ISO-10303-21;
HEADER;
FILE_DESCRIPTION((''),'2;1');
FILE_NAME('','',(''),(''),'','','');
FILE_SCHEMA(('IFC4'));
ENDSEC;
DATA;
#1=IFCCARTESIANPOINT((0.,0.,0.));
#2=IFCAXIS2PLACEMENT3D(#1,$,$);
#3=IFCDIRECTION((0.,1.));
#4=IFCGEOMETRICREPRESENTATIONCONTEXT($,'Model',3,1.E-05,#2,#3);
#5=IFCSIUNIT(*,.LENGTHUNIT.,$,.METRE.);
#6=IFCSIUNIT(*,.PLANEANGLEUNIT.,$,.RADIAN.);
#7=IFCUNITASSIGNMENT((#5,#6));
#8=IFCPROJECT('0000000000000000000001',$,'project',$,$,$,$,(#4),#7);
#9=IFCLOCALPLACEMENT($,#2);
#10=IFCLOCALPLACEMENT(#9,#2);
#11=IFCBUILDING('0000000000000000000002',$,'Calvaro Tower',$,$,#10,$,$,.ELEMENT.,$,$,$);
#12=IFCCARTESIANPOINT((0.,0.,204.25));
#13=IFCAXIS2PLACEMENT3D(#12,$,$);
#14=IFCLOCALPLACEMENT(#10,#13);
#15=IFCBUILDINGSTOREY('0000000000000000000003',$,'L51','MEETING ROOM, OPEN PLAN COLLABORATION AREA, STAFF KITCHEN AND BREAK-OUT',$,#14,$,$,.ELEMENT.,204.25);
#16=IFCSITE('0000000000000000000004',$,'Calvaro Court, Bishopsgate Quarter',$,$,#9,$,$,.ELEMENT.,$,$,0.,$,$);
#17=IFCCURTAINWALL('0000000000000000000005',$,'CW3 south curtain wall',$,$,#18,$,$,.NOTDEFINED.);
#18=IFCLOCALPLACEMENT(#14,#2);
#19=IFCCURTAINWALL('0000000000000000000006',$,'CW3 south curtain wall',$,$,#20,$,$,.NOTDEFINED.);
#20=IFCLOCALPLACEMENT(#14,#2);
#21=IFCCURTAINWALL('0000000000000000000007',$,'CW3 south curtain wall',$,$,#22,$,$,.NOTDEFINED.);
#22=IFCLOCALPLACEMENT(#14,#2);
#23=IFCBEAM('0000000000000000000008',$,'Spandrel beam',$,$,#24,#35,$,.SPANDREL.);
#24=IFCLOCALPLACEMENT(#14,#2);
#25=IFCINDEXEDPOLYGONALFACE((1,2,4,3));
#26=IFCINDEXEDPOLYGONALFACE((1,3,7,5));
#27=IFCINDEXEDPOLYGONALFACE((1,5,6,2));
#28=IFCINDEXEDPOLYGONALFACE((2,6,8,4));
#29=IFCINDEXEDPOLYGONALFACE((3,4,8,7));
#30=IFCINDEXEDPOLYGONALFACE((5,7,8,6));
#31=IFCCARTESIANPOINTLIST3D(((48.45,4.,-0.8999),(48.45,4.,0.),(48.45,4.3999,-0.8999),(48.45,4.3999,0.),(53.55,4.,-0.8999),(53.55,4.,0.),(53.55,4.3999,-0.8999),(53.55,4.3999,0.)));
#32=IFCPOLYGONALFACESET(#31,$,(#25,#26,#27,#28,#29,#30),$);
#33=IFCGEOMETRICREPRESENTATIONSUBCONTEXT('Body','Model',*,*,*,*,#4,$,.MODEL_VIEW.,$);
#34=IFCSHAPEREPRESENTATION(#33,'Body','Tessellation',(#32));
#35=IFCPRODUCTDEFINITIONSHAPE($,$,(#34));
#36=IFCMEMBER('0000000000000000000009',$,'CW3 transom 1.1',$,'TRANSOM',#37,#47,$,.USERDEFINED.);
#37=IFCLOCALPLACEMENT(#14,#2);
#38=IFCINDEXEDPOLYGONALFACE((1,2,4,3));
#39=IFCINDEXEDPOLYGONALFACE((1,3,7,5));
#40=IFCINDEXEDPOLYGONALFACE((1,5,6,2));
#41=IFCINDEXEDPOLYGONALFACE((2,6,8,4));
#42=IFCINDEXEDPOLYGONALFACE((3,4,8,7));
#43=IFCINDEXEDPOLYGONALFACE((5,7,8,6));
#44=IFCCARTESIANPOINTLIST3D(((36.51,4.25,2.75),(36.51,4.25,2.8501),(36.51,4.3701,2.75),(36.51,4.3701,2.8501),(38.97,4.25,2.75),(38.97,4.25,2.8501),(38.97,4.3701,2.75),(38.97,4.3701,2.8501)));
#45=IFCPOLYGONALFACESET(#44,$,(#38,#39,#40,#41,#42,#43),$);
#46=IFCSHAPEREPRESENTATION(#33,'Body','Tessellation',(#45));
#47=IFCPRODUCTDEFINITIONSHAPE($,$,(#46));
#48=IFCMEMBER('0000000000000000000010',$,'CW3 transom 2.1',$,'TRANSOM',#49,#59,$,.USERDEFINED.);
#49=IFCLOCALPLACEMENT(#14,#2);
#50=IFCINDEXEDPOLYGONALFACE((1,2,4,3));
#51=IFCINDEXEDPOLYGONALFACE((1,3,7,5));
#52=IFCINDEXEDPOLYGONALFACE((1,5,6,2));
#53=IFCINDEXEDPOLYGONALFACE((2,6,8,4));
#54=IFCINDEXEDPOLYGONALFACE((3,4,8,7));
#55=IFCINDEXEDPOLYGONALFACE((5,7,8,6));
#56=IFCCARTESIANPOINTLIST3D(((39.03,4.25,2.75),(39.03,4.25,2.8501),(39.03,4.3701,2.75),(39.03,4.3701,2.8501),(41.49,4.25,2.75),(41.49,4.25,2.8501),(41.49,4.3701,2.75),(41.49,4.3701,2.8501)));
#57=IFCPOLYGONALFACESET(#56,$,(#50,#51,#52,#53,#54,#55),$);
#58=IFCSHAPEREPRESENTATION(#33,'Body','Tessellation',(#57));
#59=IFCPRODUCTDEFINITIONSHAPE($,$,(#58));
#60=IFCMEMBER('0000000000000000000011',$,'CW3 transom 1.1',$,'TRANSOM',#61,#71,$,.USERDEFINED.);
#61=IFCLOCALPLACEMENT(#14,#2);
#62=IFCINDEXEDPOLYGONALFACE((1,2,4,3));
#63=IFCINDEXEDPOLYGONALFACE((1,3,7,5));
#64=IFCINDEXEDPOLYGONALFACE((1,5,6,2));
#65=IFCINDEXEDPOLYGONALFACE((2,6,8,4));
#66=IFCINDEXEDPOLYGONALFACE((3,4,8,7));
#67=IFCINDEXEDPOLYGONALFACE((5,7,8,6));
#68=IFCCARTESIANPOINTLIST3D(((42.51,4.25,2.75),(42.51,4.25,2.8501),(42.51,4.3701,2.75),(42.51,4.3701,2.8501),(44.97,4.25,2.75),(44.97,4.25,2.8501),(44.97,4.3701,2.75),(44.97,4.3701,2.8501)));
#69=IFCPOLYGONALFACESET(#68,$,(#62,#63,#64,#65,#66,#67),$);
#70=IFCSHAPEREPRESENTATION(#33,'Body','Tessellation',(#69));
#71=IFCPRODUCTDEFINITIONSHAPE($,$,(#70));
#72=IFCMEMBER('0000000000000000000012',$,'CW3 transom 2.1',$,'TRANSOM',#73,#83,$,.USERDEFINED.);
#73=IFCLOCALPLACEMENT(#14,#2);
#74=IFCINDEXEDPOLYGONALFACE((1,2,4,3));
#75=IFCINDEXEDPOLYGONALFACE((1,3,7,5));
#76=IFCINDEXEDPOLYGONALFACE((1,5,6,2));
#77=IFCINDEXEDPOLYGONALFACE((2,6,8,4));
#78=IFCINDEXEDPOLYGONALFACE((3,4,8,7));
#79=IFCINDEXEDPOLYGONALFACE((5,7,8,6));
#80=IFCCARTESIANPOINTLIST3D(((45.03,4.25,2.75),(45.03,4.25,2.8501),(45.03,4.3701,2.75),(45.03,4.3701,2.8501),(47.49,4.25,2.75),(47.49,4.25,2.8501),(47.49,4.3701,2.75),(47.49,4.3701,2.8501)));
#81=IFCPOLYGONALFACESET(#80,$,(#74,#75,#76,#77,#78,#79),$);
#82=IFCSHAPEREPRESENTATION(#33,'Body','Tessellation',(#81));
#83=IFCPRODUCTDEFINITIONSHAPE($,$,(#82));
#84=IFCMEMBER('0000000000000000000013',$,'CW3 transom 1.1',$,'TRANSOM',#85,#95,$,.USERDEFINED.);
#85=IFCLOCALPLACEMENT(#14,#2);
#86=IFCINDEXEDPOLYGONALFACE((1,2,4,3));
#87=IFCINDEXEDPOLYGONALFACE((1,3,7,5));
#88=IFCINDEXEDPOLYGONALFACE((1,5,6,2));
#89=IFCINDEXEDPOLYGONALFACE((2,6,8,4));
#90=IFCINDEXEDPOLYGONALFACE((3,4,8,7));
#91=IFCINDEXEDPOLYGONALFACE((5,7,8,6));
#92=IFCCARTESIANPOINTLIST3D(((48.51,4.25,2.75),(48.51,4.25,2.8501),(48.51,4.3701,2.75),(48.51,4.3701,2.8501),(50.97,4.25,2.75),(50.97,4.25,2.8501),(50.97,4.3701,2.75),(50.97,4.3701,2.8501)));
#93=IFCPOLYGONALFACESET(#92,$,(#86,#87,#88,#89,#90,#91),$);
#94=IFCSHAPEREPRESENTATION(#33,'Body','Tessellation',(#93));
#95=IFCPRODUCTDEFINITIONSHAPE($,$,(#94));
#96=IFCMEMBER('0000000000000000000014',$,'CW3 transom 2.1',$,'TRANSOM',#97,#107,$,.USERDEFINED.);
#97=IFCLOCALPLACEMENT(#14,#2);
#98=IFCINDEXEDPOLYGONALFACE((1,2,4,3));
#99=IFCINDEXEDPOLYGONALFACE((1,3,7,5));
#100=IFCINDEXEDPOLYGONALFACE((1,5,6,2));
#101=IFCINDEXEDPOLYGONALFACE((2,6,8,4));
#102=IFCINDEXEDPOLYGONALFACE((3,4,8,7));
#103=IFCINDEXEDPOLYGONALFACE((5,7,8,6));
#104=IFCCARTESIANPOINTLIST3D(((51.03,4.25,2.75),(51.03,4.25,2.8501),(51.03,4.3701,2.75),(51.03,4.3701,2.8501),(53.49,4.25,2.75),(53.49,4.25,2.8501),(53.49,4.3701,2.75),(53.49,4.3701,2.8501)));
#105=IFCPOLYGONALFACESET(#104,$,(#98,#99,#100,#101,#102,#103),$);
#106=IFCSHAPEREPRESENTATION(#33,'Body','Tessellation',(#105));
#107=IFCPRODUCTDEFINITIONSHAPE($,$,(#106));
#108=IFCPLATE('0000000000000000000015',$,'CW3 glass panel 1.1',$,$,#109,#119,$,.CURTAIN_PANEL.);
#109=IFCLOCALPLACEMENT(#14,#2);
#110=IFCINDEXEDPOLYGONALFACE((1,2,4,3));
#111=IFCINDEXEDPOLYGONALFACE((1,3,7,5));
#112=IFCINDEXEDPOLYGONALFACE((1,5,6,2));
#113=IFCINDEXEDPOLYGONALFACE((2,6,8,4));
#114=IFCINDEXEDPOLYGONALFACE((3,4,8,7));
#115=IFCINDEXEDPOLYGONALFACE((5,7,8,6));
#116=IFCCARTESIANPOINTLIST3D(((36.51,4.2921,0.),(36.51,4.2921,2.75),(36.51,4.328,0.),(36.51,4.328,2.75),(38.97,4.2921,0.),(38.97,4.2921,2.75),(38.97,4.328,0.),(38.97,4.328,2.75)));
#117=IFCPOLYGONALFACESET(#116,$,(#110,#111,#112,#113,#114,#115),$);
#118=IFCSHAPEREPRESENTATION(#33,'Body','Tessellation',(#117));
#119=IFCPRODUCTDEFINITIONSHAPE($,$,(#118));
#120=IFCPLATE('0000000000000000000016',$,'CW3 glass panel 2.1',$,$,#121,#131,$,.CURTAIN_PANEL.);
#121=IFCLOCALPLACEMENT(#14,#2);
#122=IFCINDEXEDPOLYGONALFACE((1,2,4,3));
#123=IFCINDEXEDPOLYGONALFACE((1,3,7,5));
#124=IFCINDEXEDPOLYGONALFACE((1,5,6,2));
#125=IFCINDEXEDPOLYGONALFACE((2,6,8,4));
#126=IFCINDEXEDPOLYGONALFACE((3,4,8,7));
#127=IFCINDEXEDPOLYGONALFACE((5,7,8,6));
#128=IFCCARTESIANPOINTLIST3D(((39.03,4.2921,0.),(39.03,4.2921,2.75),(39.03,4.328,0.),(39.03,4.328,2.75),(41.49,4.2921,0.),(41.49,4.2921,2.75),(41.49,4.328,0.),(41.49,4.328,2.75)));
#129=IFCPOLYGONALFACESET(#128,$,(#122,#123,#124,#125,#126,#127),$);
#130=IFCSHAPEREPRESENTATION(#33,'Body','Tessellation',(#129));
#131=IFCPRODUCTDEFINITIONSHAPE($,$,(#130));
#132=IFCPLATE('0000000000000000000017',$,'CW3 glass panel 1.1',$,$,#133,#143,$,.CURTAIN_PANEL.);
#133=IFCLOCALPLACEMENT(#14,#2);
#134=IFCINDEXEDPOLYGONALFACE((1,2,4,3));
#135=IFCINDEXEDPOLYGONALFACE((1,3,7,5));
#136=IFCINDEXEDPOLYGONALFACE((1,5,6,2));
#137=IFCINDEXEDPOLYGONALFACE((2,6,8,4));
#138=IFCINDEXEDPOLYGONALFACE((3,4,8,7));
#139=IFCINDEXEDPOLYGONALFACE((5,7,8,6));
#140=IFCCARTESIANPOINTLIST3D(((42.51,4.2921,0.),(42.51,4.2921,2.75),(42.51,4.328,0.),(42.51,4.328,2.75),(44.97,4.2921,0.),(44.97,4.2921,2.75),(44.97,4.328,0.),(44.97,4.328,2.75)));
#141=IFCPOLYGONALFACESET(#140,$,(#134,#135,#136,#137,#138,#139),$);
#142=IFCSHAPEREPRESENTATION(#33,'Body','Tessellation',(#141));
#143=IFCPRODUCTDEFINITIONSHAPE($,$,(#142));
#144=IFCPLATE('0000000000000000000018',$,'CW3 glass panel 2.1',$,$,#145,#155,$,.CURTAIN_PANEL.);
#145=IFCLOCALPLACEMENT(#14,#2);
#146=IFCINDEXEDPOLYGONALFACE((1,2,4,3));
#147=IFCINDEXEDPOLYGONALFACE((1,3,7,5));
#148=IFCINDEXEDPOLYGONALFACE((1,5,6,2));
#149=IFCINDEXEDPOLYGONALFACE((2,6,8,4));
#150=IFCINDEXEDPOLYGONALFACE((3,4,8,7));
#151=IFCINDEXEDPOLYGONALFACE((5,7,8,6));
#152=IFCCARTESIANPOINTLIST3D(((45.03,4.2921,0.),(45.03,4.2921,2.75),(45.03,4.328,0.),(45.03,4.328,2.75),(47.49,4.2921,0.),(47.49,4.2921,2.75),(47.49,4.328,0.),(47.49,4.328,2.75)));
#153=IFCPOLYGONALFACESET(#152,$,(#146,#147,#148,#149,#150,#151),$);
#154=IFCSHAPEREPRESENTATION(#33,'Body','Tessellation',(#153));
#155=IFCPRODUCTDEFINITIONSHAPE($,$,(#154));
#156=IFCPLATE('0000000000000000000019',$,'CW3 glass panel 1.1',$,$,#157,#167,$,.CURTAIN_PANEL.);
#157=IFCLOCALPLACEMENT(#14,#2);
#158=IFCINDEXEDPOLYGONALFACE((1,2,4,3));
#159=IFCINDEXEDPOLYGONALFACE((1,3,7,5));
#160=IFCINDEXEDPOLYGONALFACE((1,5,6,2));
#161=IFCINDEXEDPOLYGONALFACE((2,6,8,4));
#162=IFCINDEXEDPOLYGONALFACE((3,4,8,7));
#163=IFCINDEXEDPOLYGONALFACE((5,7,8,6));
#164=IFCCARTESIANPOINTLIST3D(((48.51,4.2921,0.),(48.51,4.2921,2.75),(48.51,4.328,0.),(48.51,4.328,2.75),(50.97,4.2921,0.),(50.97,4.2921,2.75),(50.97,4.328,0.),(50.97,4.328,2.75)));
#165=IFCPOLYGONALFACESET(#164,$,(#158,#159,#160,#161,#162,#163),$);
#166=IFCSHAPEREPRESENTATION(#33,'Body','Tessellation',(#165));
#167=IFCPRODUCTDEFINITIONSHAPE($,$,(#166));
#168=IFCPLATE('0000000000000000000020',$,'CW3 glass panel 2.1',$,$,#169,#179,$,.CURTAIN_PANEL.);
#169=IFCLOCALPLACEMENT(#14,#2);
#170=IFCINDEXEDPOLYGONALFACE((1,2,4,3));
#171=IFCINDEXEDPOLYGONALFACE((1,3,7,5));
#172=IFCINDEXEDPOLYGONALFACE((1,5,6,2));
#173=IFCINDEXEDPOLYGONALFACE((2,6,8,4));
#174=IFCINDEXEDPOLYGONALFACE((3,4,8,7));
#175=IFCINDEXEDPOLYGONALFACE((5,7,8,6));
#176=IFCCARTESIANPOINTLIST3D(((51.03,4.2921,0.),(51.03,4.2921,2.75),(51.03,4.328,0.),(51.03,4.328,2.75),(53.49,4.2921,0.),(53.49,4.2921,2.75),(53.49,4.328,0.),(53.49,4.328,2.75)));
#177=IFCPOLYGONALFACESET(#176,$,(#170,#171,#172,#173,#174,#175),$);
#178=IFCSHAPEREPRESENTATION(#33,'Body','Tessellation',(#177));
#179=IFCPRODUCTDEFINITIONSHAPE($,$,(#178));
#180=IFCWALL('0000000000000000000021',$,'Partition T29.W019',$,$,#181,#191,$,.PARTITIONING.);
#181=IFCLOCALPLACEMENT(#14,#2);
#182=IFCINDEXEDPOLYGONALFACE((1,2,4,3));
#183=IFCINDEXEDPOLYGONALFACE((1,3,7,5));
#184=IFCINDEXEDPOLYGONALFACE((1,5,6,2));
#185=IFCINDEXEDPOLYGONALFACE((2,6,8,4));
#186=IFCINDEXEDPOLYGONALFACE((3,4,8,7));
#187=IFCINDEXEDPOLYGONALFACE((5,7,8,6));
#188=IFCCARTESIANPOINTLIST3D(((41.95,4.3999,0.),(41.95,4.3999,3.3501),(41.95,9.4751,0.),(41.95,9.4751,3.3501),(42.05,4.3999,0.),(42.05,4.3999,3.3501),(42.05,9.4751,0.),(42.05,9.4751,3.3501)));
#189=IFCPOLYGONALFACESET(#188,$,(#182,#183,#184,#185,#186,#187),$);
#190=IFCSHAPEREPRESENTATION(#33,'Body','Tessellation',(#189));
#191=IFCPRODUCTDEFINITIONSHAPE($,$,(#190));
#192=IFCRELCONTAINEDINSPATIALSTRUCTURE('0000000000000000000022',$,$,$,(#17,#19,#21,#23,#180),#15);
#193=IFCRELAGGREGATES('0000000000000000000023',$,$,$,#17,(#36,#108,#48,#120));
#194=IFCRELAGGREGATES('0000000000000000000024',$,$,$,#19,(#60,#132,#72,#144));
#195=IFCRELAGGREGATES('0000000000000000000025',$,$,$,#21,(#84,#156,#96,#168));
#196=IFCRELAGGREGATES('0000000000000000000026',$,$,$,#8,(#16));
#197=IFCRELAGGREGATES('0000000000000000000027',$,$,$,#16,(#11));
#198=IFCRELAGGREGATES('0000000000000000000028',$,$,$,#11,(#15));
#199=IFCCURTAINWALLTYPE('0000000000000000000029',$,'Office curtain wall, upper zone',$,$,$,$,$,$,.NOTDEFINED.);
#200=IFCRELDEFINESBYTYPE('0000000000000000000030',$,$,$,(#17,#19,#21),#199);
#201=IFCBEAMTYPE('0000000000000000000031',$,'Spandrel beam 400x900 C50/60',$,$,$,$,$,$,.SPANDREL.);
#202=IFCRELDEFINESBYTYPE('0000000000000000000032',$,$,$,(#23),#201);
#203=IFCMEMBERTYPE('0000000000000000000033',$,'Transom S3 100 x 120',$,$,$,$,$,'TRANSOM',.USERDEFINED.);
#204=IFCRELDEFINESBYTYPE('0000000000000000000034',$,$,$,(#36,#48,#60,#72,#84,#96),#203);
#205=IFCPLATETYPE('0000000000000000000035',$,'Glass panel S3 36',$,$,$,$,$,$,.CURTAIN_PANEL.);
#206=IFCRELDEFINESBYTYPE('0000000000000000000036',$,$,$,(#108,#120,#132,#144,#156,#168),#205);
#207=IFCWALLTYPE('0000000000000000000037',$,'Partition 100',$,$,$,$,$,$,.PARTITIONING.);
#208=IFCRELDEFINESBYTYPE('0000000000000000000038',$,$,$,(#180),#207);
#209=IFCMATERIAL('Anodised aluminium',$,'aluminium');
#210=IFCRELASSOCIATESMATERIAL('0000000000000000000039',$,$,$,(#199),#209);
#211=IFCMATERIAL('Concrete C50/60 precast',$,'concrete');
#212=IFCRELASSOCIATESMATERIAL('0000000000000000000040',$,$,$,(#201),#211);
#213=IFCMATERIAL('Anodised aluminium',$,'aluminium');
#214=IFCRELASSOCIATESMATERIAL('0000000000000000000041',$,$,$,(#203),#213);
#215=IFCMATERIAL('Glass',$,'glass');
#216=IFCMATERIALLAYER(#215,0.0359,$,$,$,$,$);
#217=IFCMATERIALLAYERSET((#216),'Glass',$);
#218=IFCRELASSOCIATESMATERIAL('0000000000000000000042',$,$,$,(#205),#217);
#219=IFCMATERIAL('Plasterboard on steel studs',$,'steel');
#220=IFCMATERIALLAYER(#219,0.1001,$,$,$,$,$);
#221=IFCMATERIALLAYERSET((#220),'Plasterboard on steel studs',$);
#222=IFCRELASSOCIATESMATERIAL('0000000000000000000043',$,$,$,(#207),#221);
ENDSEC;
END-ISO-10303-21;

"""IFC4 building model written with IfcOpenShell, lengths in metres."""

from ifc_helpers import new_model, si_unit, direction, frame, frame_2d, origin, origin_2d, place, context, subcontext, project, spatial, rectangle, extrude, material, layer, layer_set, material_profile, profile_set, type_object, element, aggregate, save


model = new_model("IFC4")

# Units and contexts
model_context = context("Model", 3, precision=1e-05, world=origin(), true_north=direction((0.0, 1.0)))
body_context = subcontext(model_context, "Body", "Model", "MODEL_VIEW")
ifc_project = project(units=[si_unit("LENGTHUNIT", "METRE"), si_unit("PLANEANGLEUNIT", "RADIAN")], contexts=[model_context])

# Site, building, storey
site_placement = place(None, origin())
site = spatial("IfcSite", under=ifc_project, at=site_placement, Name="Calvaro Court, Bishopsgate Quarter", CompositionType="ELEMENT", RefElevation=0.0)
building_placement = place(site_placement, origin())
building = spatial("IfcBuilding", under=site, at=building_placement, Name="Calvaro Tower", CompositionType="ELEMENT")
storey_placement = place(building_placement, frame((0.0, 0.0, 204.25)))
storey = spatial("IfcBuildingStorey", under=building, at=storey_placement, Name="L51", Description="MEETING ROOM, OPEN PLAN COLLABORATION AREA, STAFF KITCHEN AND BREAK-OUT", CompositionType="ELEMENT", Elevation=204.25)

# Shared definitions
ifc_material_1 = material(Name="Anodised aluminium", Category="aluminium")
curtain_wall_type = type_object("IfcCurtainWallType", Name="Office curtain wall, upper zone", PredefinedType="NOTDEFINED", material=ifc_material_1)

# Curtain walls
curtain_wall_1_placement = place(storey_placement, origin())
curtain_wall_1 = element("IfcCurtainWall", 1, at=curtain_wall_1_placement, inside=storey, type_object=curtain_wall_type, Name="CW3 south curtain wall", PredefinedType="NOTDEFINED")
curtain_wall_2_placement = place(storey_placement, origin())
curtain_wall_2 = element("IfcCurtainWall", 2, at=curtain_wall_2_placement, inside=storey, type_object=curtain_wall_type, Name="CW3 south curtain wall", PredefinedType="NOTDEFINED")
curtain_wall_3_placement = place(storey_placement, origin())
curtain_wall_3 = element("IfcCurtainWall", 3, at=curtain_wall_3_placement, inside=storey, type_object=curtain_wall_type, Name="CW3 south curtain wall", PredefinedType="NOTDEFINED")

# Beam
ifc_material_2 = material(Name="Concrete C50/60 precast", Category="concrete")
ifc_material_profile_1 = material_profile(ifc_material_2, rectangle(XDim=0.3999, YDim=0.8999, at=origin_2d()), Name="RC 400x900")
ifc_profile_set_1 = profile_set([ifc_material_profile_1], Name="Concrete C50/60 precast")
beam_type = type_object("IfcBeamType", Name="Spandrel beam 400x900 C50/60", PredefinedType="SPANDREL", material=ifc_profile_set_1)
for number, where, z_axis, x_axis, name in (
    (4, (48.45, 4.2, -0.45), (1.0, 0.0, 0.0), (0.0, 1.0, 0.0), "Spandrel beam"),
):
    element("IfcBeam", number, at=place(storey_placement, frame(where, z_axis=z_axis, x_axis=x_axis)), inside=storey, type_object=beam_type, Name=name, PredefinedType="SPANDREL", context=body_context, shape_type="SweptSolid", body=[
        extrude(rectangle(XDim=0.3999, YDim=0.8999, at=origin_2d()), origin(), (0.0, 0.0, 1.0), 5.1001),
    ])

# Members
ifc_material_3 = material(Name="Anodised aluminium", Category="aluminium")
ifc_material_profile_2 = material_profile(ifc_material_3, rectangle(XDim=0.1201, YDim=0.1001, at=origin_2d()), Name="Transom S3 100 x 120")
ifc_profile_set_2 = profile_set([ifc_material_profile_2], Name="Anodised aluminium")
member_type_1 = type_object("IfcMemberType", Name="Transom S3 100 x 120", ElementType="TRANSOM", PredefinedType="USERDEFINED", material=ifc_profile_set_2)
member_1_placement = place(storey_placement, frame((36.51, 4.3101, 2.8), z_axis=(1.0, 0.0, 0.0), x_axis=(0.0, 1.0, 0.0)))
member_1 = element("IfcMember", 5, at=member_1_placement, type_object=member_type_1, Name="CW3 transom 1.1", ObjectType="TRANSOM", PredefinedType="USERDEFINED", context=body_context, shape_type="SweptSolid", body=[
    extrude(rectangle(XDim=0.1201, YDim=0.1001, at=origin_2d()), origin(), (0.0, 0.0, 1.0), 2.46),
])
member_2_placement = place(storey_placement, frame((39.03, 4.3101, 2.8), z_axis=(1.0, 0.0, 0.0), x_axis=(0.0, 1.0, 0.0)))
member_2 = element("IfcMember", 6, at=member_2_placement, type_object=member_type_1, Name="CW3 transom 2.1", ObjectType="TRANSOM", PredefinedType="USERDEFINED", context=body_context, shape_type="SweptSolid", body=[
    extrude(rectangle(XDim=0.1201, YDim=0.1001, at=origin_2d()), origin(), (0.0, 0.0, 1.0), 2.46),
])
member_3_placement = place(storey_placement, frame((42.51, 4.3101, 2.8), z_axis=(1.0, 0.0, 0.0), x_axis=(0.0, 1.0, 0.0)))
member_3 = element("IfcMember", 7, at=member_3_placement, type_object=member_type_1, Name="CW3 transom 1.1", ObjectType="TRANSOM", PredefinedType="USERDEFINED", context=body_context, shape_type="SweptSolid", body=[
    extrude(rectangle(XDim=0.1201, YDim=0.1001, at=origin_2d()), origin(), (0.0, 0.0, 1.0), 2.46),
])
member_4_placement = place(storey_placement, frame((45.03, 4.3101, 2.8), z_axis=(1.0, 0.0, 0.0), x_axis=(0.0, 1.0, 0.0)))
member_4 = element("IfcMember", 8, at=member_4_placement, type_object=member_type_1, Name="CW3 transom 2.1", ObjectType="TRANSOM", PredefinedType="USERDEFINED", context=body_context, shape_type="SweptSolid", body=[
    extrude(rectangle(XDim=0.1201, YDim=0.1001, at=origin_2d()), origin(), (0.0, 0.0, 1.0), 2.46),
])
member_5_placement = place(storey_placement, frame((48.51, 4.3101, 2.8), z_axis=(1.0, 0.0, 0.0), x_axis=(0.0, 1.0, 0.0)))
member_5 = element("IfcMember", 9, at=member_5_placement, type_object=member_type_1, Name="CW3 transom 1.1", ObjectType="TRANSOM", PredefinedType="USERDEFINED", context=body_context, shape_type="SweptSolid", body=[
    extrude(rectangle(XDim=0.1201, YDim=0.1001, at=origin_2d()), origin(), (0.0, 0.0, 1.0), 2.46),
])
member_6_placement = place(storey_placement, frame((51.03, 4.3101, 2.8), z_axis=(1.0, 0.0, 0.0), x_axis=(0.0, 1.0, 0.0)))
member_6 = element("IfcMember", 10, at=member_6_placement, type_object=member_type_1, Name="CW3 transom 2.1", ObjectType="TRANSOM", PredefinedType="USERDEFINED", context=body_context, shape_type="SweptSolid", body=[
    extrude(rectangle(XDim=0.1201, YDim=0.1001, at=origin_2d()), origin(), (0.0, 0.0, 1.0), 2.46),
])

# Plates
ifc_material_4 = material(Name="Glass", Category="glass")
ifc_layer_1 = layer(ifc_material_4, 0.0359)
ifc_layer_set_1 = layer_set([ifc_layer_1], Name="Glass")
plate_type = type_object("IfcPlateType", Name="Glass panel S3 36", PredefinedType="CURTAIN_PANEL", material=ifc_layer_set_1)
plate_1_placement = place(storey_placement, frame((37.74, 4.3101, 0.0), z_axis=(0.0, 0.0, 1.0), x_axis=(1.0, 0.0, 0.0)))
plate_1 = element("IfcPlate", 11, at=plate_1_placement, type_object=plate_type, Name="CW3 glass panel 1.1", PredefinedType="CURTAIN_PANEL", context=body_context, shape_type="SweptSolid", body=[
    extrude(rectangle(XDim=2.46, YDim=0.0359, at=origin_2d()), origin(), (0.0, 0.0, 1.0), 2.75),
])
plate_2_placement = place(storey_placement, frame((40.26, 4.3101, 0.0), z_axis=(0.0, 0.0, 1.0), x_axis=(1.0, 0.0, 0.0)))
plate_2 = element("IfcPlate", 12, at=plate_2_placement, type_object=plate_type, Name="CW3 glass panel 2.1", PredefinedType="CURTAIN_PANEL", context=body_context, shape_type="SweptSolid", body=[
    extrude(rectangle(XDim=2.46, YDim=0.0359, at=origin_2d()), origin(), (0.0, 0.0, 1.0), 2.75),
])
aggregate(curtain_wall_1, [member_1, plate_1, member_2, plate_2])
plate_3_placement = place(storey_placement, frame((43.74, 4.3101, 0.0), z_axis=(0.0, 0.0, 1.0), x_axis=(1.0, 0.0, 0.0)))
plate_3 = element("IfcPlate", 13, at=plate_3_placement, type_object=plate_type, Name="CW3 glass panel 1.1", PredefinedType="CURTAIN_PANEL", context=body_context, shape_type="SweptSolid", body=[
    extrude(rectangle(XDim=2.46, YDim=0.0359, at=origin_2d()), origin(), (0.0, 0.0, 1.0), 2.75),
])
plate_4_placement = place(storey_placement, frame((46.26, 4.3101, 0.0), z_axis=(0.0, 0.0, 1.0), x_axis=(1.0, 0.0, 0.0)))
plate_4 = element("IfcPlate", 14, at=plate_4_placement, type_object=plate_type, Name="CW3 glass panel 2.1", PredefinedType="CURTAIN_PANEL", context=body_context, shape_type="SweptSolid", body=[
    extrude(rectangle(XDim=2.46, YDim=0.0359, at=origin_2d()), origin(), (0.0, 0.0, 1.0), 2.75),
])
aggregate(curtain_wall_2, [member_3, plate_3, member_4, plate_4])
plate_5_placement = place(storey_placement, frame((49.74, 4.3101, 0.0), z_axis=(0.0, 0.0, 1.0), x_axis=(1.0, 0.0, 0.0)))
plate_5 = element("IfcPlate", 15, at=plate_5_placement, type_object=plate_type, Name="CW3 glass panel 1.1", PredefinedType="CURTAIN_PANEL", context=body_context, shape_type="SweptSolid", body=[
    extrude(rectangle(XDim=2.46, YDim=0.0359, at=origin_2d()), origin(), (0.0, 0.0, 1.0), 2.75),
])
plate_6_placement = place(storey_placement, frame((52.26, 4.3101, 0.0), z_axis=(0.0, 0.0, 1.0), x_axis=(1.0, 0.0, 0.0)))
plate_6 = element("IfcPlate", 16, at=plate_6_placement, type_object=plate_type, Name="CW3 glass panel 2.1", PredefinedType="CURTAIN_PANEL", context=body_context, shape_type="SweptSolid", body=[
    extrude(rectangle(XDim=2.46, YDim=0.0359, at=origin_2d()), origin(), (0.0, 0.0, 1.0), 2.75),
])
aggregate(curtain_wall_3, [member_5, plate_5, member_6, plate_6])

# Wall
ifc_material_5 = material(Name="Plasterboard on steel studs", Category="steel")
ifc_layer_2 = layer(ifc_material_5, 0.1001)
ifc_layer_set_2 = layer_set([ifc_layer_2], Name="Plasterboard on steel studs")
wall_type = type_object("IfcWallType", Name="Partition 100", PredefinedType="PARTITIONING", material=ifc_layer_set_2)
wall_placement = place(storey_placement, frame((42.0, 4.3999, 0.0), z_axis=(0.0, 0.0, 1.0), x_axis=(0.0, 1.0, 0.0)))
element("IfcWall", 17, at=wall_placement, inside=storey, type_object=wall_type, Name="Partition T29.W019", PredefinedType="PARTITIONING", context=body_context, shape_type="SweptSolid", body=[
    extrude(rectangle(XDim=5.0752, YDim=0.1001, at=frame_2d((2.5376, 0.0))), origin(), (0.0, 0.0, 1.0), 3.3501),
])

save(model, "model.ifc")
